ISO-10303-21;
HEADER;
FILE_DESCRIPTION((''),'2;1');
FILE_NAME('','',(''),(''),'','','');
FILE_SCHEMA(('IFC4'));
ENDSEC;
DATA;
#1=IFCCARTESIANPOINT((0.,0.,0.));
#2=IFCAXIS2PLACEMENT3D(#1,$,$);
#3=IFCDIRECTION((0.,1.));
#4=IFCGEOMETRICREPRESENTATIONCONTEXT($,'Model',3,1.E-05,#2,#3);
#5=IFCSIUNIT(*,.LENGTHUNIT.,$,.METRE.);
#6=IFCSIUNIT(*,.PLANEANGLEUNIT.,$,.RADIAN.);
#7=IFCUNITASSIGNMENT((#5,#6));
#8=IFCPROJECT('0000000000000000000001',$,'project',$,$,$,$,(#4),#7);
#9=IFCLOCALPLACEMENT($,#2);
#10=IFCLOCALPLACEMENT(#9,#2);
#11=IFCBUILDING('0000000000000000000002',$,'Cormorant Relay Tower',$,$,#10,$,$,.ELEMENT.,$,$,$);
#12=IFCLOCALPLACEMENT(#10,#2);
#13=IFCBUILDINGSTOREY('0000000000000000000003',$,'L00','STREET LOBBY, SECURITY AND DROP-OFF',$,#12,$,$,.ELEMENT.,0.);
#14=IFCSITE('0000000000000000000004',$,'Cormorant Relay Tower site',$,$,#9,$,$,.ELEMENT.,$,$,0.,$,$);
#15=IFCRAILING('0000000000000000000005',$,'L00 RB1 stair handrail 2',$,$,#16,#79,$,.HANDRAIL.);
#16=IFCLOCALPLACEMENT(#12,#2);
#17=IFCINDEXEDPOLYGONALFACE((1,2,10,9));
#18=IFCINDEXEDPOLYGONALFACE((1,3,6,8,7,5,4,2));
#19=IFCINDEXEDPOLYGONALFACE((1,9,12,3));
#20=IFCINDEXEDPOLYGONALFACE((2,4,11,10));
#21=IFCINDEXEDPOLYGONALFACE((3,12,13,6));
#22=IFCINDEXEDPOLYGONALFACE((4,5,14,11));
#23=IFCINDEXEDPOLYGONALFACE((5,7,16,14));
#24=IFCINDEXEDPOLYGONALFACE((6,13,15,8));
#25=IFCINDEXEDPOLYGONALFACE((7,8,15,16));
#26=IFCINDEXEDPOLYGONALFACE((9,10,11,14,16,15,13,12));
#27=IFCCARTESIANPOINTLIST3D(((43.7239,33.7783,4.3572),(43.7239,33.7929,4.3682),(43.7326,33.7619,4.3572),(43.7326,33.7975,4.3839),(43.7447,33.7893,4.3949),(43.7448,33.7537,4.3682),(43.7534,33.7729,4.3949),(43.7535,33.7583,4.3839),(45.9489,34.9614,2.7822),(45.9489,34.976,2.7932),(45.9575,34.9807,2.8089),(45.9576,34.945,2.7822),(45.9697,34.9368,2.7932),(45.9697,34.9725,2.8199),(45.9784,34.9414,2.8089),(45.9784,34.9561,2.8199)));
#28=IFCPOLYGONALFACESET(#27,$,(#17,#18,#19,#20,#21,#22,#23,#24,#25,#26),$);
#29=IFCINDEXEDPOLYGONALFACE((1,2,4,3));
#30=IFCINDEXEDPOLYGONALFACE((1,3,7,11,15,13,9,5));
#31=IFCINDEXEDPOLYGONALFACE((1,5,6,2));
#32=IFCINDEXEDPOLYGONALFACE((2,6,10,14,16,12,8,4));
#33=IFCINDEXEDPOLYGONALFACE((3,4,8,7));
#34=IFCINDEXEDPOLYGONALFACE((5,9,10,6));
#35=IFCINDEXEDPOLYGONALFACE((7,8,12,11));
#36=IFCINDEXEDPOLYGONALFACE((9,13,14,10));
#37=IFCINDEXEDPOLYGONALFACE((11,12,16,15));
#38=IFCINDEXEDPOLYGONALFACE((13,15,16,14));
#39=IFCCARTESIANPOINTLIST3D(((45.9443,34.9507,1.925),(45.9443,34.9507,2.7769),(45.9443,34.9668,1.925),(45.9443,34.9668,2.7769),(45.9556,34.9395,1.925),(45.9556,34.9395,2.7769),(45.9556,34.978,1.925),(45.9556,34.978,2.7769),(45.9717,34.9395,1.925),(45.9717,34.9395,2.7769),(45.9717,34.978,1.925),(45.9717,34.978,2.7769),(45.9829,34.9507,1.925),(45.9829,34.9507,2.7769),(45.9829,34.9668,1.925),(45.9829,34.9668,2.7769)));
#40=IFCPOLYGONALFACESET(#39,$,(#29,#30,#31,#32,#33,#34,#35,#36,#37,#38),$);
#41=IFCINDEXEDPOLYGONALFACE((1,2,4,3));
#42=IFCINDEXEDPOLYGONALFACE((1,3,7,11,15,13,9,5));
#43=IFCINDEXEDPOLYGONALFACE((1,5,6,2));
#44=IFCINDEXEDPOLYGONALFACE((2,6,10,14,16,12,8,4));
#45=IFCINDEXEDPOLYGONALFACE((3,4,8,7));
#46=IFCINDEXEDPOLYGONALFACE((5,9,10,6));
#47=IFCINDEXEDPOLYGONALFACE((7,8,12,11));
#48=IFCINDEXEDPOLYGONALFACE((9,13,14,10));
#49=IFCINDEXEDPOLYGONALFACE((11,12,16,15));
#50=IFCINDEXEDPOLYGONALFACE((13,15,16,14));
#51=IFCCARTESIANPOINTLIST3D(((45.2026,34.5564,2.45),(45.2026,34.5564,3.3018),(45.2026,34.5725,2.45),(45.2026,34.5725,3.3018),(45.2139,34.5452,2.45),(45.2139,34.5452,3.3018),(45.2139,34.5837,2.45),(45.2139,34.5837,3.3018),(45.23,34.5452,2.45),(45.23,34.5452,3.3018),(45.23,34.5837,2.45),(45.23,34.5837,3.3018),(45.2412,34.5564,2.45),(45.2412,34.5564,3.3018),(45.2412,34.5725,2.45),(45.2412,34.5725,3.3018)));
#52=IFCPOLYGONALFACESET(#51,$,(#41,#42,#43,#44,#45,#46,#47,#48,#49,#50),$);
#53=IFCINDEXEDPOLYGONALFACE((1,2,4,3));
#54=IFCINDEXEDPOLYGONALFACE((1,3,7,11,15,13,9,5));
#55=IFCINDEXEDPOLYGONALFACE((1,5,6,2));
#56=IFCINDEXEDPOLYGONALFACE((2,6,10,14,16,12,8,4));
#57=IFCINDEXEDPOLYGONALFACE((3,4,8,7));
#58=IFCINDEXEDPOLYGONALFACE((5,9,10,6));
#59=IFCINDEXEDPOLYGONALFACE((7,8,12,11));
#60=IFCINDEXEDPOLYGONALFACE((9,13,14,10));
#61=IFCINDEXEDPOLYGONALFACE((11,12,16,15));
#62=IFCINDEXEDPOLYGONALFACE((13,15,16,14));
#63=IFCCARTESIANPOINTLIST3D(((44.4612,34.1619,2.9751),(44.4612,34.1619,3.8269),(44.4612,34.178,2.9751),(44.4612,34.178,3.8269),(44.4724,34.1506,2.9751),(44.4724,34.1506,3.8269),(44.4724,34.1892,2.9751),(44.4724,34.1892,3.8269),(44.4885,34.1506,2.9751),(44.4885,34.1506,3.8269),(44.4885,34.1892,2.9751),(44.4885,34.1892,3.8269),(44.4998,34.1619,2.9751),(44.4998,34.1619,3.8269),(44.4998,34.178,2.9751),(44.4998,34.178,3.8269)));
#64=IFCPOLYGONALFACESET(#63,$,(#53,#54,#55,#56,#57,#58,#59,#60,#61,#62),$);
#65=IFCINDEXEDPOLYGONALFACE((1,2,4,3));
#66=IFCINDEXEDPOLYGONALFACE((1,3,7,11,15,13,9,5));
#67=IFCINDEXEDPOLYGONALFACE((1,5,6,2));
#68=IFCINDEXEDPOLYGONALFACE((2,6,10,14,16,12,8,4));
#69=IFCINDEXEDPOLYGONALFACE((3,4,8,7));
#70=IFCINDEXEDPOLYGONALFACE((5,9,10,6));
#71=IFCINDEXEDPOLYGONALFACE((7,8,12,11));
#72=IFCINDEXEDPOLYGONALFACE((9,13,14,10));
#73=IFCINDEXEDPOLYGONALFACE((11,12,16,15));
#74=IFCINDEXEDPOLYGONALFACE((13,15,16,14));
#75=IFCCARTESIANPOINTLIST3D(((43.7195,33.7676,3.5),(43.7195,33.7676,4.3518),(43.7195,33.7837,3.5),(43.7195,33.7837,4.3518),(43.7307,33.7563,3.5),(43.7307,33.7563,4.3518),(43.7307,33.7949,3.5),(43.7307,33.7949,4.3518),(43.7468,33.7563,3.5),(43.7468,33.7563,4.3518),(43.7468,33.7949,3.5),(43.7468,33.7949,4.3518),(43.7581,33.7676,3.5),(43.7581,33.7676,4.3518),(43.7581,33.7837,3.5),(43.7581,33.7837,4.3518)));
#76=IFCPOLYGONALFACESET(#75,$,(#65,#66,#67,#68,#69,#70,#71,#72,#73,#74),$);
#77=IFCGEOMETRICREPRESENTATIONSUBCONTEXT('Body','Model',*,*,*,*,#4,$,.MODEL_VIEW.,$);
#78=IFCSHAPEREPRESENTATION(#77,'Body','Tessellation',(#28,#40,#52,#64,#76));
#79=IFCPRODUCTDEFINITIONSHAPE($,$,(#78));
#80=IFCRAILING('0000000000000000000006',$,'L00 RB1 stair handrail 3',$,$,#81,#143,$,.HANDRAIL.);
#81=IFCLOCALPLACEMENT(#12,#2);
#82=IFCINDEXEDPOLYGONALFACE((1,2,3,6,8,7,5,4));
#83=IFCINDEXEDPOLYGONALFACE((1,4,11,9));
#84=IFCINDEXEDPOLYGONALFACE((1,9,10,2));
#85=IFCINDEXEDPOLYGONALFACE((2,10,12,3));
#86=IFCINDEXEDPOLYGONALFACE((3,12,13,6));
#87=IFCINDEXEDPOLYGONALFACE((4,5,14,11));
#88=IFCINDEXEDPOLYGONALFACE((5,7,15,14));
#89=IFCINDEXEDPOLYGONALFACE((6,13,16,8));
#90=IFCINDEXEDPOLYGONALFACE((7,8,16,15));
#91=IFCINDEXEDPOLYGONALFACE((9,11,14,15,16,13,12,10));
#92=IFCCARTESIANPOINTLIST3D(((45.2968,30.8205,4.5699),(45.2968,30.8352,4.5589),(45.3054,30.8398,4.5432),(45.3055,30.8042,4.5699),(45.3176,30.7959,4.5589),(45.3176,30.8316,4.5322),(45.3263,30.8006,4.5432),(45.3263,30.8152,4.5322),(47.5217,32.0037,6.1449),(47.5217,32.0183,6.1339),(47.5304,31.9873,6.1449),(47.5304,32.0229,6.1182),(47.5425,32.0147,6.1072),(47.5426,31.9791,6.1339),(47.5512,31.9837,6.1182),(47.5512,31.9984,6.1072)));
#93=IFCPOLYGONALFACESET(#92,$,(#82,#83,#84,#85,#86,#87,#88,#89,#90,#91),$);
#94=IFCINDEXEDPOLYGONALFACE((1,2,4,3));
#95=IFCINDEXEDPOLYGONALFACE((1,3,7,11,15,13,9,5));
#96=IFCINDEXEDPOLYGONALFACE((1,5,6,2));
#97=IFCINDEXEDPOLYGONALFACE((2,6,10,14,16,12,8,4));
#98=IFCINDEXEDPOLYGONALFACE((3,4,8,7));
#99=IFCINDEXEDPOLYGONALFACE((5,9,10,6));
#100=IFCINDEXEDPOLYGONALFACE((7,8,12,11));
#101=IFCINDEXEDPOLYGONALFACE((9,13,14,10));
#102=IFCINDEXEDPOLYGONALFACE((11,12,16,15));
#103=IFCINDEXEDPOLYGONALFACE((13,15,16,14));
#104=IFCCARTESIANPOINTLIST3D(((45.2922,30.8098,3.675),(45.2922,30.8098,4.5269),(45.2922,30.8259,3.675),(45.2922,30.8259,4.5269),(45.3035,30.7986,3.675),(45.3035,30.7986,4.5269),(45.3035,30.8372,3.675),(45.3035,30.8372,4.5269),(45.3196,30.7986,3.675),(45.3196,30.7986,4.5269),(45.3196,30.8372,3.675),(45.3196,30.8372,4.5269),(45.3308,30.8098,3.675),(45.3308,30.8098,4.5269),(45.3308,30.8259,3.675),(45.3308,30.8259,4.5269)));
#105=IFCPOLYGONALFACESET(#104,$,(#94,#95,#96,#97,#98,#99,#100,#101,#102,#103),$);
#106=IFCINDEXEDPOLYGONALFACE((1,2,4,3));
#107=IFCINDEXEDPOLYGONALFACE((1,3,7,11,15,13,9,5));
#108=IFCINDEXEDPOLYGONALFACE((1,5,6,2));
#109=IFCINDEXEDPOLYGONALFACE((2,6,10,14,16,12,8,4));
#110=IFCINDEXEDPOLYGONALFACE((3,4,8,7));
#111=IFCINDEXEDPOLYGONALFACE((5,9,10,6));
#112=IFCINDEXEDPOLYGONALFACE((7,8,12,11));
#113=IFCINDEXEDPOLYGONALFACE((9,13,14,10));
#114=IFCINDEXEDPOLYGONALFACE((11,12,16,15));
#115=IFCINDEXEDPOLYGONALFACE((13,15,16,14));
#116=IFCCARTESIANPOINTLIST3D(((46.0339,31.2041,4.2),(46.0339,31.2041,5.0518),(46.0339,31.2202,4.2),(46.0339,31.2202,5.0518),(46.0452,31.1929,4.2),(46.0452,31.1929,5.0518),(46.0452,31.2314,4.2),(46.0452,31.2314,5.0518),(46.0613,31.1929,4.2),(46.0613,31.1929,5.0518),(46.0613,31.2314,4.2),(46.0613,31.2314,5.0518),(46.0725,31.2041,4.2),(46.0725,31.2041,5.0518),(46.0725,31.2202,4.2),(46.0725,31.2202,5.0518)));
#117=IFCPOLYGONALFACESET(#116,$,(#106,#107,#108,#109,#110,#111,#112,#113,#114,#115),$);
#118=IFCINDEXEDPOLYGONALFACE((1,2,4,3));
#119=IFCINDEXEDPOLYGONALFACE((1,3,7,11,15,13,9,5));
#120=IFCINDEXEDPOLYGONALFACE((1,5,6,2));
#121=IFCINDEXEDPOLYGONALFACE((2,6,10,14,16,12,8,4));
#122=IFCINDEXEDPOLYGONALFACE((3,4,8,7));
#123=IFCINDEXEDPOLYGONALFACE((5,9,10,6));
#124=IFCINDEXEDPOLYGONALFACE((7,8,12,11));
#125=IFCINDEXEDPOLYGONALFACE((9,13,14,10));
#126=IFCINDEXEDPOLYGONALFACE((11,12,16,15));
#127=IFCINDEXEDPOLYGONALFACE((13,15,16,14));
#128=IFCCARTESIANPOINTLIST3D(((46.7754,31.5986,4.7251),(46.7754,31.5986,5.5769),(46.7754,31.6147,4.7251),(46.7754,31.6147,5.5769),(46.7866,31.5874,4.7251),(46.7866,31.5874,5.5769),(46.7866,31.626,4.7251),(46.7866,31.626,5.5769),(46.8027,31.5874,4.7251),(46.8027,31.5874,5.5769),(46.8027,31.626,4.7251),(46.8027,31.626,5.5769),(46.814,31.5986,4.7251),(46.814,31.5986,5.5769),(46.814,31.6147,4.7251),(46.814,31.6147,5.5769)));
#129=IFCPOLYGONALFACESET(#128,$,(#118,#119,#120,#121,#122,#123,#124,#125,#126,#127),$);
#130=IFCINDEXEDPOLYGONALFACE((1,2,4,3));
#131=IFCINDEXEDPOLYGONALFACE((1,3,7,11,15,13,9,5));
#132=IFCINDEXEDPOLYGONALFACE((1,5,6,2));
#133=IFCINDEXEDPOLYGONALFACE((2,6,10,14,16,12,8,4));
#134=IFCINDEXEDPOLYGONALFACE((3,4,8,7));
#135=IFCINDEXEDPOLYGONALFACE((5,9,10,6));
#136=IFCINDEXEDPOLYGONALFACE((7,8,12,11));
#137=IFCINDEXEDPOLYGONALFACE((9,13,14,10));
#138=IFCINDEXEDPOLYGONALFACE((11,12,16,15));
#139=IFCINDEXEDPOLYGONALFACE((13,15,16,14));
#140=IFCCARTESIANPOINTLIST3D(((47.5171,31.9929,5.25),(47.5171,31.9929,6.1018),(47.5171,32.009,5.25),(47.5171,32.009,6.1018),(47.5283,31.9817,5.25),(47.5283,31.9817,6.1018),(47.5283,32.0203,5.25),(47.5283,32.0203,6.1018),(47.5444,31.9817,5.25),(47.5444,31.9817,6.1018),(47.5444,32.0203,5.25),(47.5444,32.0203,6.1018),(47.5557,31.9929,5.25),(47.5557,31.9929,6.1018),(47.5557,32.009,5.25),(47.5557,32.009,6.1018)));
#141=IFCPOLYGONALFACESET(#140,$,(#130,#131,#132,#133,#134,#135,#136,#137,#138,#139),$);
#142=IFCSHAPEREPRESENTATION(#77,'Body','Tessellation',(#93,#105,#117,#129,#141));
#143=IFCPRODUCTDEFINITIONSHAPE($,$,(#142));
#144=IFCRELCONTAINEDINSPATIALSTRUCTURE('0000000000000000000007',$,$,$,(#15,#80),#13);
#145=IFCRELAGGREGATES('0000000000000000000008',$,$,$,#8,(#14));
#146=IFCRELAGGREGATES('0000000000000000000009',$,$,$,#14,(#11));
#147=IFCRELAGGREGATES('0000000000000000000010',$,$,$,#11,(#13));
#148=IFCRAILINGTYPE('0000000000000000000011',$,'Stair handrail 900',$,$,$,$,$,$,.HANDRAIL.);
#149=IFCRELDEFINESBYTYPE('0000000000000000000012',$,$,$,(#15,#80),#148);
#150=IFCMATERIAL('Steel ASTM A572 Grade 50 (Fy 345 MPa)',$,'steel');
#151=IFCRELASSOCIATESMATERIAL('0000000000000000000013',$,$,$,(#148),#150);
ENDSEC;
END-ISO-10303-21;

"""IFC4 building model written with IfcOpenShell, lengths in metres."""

from ifc_helpers import new_model, si_unit, direction, frame, origin, place, context, subcontext, project, spatial, polyline, outline, extrude, material, type_object, element, save


model = new_model("IFC4")

# Units and contexts
model_context = context("Model", 3, precision=1e-05, world=origin(), true_north=direction((0.0, 1.0)))
body_context = subcontext(model_context, "Body", "Model", "MODEL_VIEW")
ifc_project = project(units=[si_unit("LENGTHUNIT", "METRE"), si_unit("PLANEANGLEUNIT", "RADIAN")], contexts=[model_context])

# Site, building, storey
site_placement = place(None, origin())
site = spatial("IfcSite", under=ifc_project, at=site_placement, Name="Cormorant Relay Tower site", CompositionType="ELEMENT", RefElevation=0.0)
building_placement = place(site_placement, origin())
building = spatial("IfcBuilding", under=site, at=building_placement, Name="Cormorant Relay Tower", CompositionType="ELEMENT")
storey_placement = place(building_placement, origin())
storey = spatial("IfcBuildingStorey", under=building, at=storey_placement, Name="L00", Description="STREET LOBBY, SECURITY AND DROP-OFF", CompositionType="ELEMENT", Elevation=0.0)

# Railings
ifc_material_1 = material(Name="Steel ASTM A572 Grade 50 (Fy 345 MPa)", Category="steel")
railing_type_1 = type_object("IfcRailingType", Name="Stair handrail 900", PredefinedType="HANDRAIL", material=ifc_material_1)
railing_1_placement = place(storey_placement, frame((45.9636, 34.9587, 1.925)))
element("IfcRailing", 1, at=railing_1_placement, inside=storey, type_object=railing_type_1, Name="L00 RB1 stair handrail 2", PredefinedType="HANDRAIL", context=body_context, shape_type="SweptSolid", body=[
    extrude(outline(polyline([(0.0222, 0.0093), (0.0093, 0.0222), (-0.0093, 0.0222), (-0.0222, 0.0093), (-0.0222, -0.0093), (-0.0093, -0.0222), (0.0093, -0.0222), (0.0222, -0.0093), (0.0222, 0.0093)])), frame((0.0, 0.0, 0.876), z_axis=(-0.748715, -0.398143, 0.530008), x_axis=(0.469512, -0.882926, 0.0)), (0.0, 0.0, 1.0), 2.9717),
    extrude(outline(polyline([(0.0193, 0.0081), (0.0081, 0.0193), (-0.0081, 0.0193), (-0.0193, 0.0081), (-0.0193, -0.0081), (-0.0081, -0.0193), (0.0081, -0.0193), (0.0193, -0.0081), (0.0193, 0.0081)])), origin(), (0.0, 0.0, 1.0), 0.8518),
    extrude(outline(polyline([(0.0193, 0.0081), (0.0081, 0.0193), (-0.0081, 0.0193), (-0.0193, 0.0081), (-0.0193, -0.0081), (-0.0081, -0.0193), (0.0081, -0.0193), (0.0193, -0.0081), (0.0193, 0.0081)])), frame((-0.7417, -0.3943, 0.5249)), (0.0, 0.0, 1.0), 0.8518),
    extrude(outline(polyline([(0.0193, 0.0081), (0.0081, 0.0193), (-0.0081, 0.0193), (-0.0193, 0.0081), (-0.0193, -0.0081), (-0.0081, -0.0193), (0.0081, -0.0193), (0.0193, -0.0081), (0.0193, 0.0081)])), frame((-1.4832, -0.7888, 1.05)), (0.0, 0.0, 1.0), 0.8518),
    extrude(outline(polyline([(0.0193, 0.0081), (0.0081, 0.0193), (-0.0081, 0.0193), (-0.0193, 0.0081), (-0.0193, -0.0081), (-0.0081, -0.0193), (0.0081, -0.0193), (0.0193, -0.0081), (0.0193, 0.0081)])), frame((-2.2249, -1.1831, 1.575)), (0.0, 0.0, 1.0), 0.8518),
])
railing_2_placement = place(storey_placement, frame((45.3115, 30.8179, 3.675)))
element("IfcRailing", 2, at=railing_2_placement, inside=storey, type_object=railing_type_1, Name="L00 RB1 stair handrail 3", PredefinedType="HANDRAIL", context=body_context, shape_type="SweptSolid", body=[
    extrude(outline(polyline([(0.0222, 0.0093), (0.0093, 0.0222), (-0.0093, 0.0222), (-0.0222, 0.0093), (-0.0222, -0.0093), (-0.0093, -0.0222), (0.0093, -0.0222), (0.0222, -0.0093), (0.0222, 0.0093)])), frame((0.0, 0.0, 0.876), z_axis=(0.748715, 0.398143, 0.530008), x_axis=(-0.469512, 0.882926, 0.0)), (0.0, 0.0, 1.0), 2.9717),
    extrude(outline(polyline([(0.0193, 0.0081), (0.0081, 0.0193), (-0.0081, 0.0193), (-0.0193, 0.0081), (-0.0193, -0.0081), (-0.0081, -0.0193), (0.0081, -0.0193), (0.0193, -0.0081), (0.0193, 0.0081)])), origin(), (0.0, 0.0, 1.0), 0.8518),
    extrude(outline(polyline([(0.0193, 0.0081), (0.0081, 0.0193), (-0.0081, 0.0193), (-0.0193, 0.0081), (-0.0193, -0.0081), (-0.0081, -0.0193), (0.0081, -0.0193), (0.0193, -0.0081), (0.0193, 0.0081)])), frame((0.7417, 0.3943, 0.5249)), (0.0, 0.0, 1.0), 0.8518),
    extrude(outline(polyline([(0.0193, 0.0081), (0.0081, 0.0193), (-0.0081, 0.0193), (-0.0193, 0.0081), (-0.0193, -0.0081), (-0.0081, -0.0193), (0.0081, -0.0193), (0.0193, -0.0081), (0.0193, 0.0081)])), frame((1.4832, 0.7888, 1.05)), (0.0, 0.0, 1.0), 0.8518),
    extrude(outline(polyline([(0.0193, 0.0081), (0.0081, 0.0193), (-0.0081, 0.0193), (-0.0193, 0.0081), (-0.0193, -0.0081), (-0.0081, -0.0193), (0.0081, -0.0193), (0.0193, -0.0081), (0.0193, 0.0081)])), frame((2.2249, 1.1831, 1.575)), (0.0, 0.0, 1.0), 0.8518),
])

save(model, "model.ifc")
